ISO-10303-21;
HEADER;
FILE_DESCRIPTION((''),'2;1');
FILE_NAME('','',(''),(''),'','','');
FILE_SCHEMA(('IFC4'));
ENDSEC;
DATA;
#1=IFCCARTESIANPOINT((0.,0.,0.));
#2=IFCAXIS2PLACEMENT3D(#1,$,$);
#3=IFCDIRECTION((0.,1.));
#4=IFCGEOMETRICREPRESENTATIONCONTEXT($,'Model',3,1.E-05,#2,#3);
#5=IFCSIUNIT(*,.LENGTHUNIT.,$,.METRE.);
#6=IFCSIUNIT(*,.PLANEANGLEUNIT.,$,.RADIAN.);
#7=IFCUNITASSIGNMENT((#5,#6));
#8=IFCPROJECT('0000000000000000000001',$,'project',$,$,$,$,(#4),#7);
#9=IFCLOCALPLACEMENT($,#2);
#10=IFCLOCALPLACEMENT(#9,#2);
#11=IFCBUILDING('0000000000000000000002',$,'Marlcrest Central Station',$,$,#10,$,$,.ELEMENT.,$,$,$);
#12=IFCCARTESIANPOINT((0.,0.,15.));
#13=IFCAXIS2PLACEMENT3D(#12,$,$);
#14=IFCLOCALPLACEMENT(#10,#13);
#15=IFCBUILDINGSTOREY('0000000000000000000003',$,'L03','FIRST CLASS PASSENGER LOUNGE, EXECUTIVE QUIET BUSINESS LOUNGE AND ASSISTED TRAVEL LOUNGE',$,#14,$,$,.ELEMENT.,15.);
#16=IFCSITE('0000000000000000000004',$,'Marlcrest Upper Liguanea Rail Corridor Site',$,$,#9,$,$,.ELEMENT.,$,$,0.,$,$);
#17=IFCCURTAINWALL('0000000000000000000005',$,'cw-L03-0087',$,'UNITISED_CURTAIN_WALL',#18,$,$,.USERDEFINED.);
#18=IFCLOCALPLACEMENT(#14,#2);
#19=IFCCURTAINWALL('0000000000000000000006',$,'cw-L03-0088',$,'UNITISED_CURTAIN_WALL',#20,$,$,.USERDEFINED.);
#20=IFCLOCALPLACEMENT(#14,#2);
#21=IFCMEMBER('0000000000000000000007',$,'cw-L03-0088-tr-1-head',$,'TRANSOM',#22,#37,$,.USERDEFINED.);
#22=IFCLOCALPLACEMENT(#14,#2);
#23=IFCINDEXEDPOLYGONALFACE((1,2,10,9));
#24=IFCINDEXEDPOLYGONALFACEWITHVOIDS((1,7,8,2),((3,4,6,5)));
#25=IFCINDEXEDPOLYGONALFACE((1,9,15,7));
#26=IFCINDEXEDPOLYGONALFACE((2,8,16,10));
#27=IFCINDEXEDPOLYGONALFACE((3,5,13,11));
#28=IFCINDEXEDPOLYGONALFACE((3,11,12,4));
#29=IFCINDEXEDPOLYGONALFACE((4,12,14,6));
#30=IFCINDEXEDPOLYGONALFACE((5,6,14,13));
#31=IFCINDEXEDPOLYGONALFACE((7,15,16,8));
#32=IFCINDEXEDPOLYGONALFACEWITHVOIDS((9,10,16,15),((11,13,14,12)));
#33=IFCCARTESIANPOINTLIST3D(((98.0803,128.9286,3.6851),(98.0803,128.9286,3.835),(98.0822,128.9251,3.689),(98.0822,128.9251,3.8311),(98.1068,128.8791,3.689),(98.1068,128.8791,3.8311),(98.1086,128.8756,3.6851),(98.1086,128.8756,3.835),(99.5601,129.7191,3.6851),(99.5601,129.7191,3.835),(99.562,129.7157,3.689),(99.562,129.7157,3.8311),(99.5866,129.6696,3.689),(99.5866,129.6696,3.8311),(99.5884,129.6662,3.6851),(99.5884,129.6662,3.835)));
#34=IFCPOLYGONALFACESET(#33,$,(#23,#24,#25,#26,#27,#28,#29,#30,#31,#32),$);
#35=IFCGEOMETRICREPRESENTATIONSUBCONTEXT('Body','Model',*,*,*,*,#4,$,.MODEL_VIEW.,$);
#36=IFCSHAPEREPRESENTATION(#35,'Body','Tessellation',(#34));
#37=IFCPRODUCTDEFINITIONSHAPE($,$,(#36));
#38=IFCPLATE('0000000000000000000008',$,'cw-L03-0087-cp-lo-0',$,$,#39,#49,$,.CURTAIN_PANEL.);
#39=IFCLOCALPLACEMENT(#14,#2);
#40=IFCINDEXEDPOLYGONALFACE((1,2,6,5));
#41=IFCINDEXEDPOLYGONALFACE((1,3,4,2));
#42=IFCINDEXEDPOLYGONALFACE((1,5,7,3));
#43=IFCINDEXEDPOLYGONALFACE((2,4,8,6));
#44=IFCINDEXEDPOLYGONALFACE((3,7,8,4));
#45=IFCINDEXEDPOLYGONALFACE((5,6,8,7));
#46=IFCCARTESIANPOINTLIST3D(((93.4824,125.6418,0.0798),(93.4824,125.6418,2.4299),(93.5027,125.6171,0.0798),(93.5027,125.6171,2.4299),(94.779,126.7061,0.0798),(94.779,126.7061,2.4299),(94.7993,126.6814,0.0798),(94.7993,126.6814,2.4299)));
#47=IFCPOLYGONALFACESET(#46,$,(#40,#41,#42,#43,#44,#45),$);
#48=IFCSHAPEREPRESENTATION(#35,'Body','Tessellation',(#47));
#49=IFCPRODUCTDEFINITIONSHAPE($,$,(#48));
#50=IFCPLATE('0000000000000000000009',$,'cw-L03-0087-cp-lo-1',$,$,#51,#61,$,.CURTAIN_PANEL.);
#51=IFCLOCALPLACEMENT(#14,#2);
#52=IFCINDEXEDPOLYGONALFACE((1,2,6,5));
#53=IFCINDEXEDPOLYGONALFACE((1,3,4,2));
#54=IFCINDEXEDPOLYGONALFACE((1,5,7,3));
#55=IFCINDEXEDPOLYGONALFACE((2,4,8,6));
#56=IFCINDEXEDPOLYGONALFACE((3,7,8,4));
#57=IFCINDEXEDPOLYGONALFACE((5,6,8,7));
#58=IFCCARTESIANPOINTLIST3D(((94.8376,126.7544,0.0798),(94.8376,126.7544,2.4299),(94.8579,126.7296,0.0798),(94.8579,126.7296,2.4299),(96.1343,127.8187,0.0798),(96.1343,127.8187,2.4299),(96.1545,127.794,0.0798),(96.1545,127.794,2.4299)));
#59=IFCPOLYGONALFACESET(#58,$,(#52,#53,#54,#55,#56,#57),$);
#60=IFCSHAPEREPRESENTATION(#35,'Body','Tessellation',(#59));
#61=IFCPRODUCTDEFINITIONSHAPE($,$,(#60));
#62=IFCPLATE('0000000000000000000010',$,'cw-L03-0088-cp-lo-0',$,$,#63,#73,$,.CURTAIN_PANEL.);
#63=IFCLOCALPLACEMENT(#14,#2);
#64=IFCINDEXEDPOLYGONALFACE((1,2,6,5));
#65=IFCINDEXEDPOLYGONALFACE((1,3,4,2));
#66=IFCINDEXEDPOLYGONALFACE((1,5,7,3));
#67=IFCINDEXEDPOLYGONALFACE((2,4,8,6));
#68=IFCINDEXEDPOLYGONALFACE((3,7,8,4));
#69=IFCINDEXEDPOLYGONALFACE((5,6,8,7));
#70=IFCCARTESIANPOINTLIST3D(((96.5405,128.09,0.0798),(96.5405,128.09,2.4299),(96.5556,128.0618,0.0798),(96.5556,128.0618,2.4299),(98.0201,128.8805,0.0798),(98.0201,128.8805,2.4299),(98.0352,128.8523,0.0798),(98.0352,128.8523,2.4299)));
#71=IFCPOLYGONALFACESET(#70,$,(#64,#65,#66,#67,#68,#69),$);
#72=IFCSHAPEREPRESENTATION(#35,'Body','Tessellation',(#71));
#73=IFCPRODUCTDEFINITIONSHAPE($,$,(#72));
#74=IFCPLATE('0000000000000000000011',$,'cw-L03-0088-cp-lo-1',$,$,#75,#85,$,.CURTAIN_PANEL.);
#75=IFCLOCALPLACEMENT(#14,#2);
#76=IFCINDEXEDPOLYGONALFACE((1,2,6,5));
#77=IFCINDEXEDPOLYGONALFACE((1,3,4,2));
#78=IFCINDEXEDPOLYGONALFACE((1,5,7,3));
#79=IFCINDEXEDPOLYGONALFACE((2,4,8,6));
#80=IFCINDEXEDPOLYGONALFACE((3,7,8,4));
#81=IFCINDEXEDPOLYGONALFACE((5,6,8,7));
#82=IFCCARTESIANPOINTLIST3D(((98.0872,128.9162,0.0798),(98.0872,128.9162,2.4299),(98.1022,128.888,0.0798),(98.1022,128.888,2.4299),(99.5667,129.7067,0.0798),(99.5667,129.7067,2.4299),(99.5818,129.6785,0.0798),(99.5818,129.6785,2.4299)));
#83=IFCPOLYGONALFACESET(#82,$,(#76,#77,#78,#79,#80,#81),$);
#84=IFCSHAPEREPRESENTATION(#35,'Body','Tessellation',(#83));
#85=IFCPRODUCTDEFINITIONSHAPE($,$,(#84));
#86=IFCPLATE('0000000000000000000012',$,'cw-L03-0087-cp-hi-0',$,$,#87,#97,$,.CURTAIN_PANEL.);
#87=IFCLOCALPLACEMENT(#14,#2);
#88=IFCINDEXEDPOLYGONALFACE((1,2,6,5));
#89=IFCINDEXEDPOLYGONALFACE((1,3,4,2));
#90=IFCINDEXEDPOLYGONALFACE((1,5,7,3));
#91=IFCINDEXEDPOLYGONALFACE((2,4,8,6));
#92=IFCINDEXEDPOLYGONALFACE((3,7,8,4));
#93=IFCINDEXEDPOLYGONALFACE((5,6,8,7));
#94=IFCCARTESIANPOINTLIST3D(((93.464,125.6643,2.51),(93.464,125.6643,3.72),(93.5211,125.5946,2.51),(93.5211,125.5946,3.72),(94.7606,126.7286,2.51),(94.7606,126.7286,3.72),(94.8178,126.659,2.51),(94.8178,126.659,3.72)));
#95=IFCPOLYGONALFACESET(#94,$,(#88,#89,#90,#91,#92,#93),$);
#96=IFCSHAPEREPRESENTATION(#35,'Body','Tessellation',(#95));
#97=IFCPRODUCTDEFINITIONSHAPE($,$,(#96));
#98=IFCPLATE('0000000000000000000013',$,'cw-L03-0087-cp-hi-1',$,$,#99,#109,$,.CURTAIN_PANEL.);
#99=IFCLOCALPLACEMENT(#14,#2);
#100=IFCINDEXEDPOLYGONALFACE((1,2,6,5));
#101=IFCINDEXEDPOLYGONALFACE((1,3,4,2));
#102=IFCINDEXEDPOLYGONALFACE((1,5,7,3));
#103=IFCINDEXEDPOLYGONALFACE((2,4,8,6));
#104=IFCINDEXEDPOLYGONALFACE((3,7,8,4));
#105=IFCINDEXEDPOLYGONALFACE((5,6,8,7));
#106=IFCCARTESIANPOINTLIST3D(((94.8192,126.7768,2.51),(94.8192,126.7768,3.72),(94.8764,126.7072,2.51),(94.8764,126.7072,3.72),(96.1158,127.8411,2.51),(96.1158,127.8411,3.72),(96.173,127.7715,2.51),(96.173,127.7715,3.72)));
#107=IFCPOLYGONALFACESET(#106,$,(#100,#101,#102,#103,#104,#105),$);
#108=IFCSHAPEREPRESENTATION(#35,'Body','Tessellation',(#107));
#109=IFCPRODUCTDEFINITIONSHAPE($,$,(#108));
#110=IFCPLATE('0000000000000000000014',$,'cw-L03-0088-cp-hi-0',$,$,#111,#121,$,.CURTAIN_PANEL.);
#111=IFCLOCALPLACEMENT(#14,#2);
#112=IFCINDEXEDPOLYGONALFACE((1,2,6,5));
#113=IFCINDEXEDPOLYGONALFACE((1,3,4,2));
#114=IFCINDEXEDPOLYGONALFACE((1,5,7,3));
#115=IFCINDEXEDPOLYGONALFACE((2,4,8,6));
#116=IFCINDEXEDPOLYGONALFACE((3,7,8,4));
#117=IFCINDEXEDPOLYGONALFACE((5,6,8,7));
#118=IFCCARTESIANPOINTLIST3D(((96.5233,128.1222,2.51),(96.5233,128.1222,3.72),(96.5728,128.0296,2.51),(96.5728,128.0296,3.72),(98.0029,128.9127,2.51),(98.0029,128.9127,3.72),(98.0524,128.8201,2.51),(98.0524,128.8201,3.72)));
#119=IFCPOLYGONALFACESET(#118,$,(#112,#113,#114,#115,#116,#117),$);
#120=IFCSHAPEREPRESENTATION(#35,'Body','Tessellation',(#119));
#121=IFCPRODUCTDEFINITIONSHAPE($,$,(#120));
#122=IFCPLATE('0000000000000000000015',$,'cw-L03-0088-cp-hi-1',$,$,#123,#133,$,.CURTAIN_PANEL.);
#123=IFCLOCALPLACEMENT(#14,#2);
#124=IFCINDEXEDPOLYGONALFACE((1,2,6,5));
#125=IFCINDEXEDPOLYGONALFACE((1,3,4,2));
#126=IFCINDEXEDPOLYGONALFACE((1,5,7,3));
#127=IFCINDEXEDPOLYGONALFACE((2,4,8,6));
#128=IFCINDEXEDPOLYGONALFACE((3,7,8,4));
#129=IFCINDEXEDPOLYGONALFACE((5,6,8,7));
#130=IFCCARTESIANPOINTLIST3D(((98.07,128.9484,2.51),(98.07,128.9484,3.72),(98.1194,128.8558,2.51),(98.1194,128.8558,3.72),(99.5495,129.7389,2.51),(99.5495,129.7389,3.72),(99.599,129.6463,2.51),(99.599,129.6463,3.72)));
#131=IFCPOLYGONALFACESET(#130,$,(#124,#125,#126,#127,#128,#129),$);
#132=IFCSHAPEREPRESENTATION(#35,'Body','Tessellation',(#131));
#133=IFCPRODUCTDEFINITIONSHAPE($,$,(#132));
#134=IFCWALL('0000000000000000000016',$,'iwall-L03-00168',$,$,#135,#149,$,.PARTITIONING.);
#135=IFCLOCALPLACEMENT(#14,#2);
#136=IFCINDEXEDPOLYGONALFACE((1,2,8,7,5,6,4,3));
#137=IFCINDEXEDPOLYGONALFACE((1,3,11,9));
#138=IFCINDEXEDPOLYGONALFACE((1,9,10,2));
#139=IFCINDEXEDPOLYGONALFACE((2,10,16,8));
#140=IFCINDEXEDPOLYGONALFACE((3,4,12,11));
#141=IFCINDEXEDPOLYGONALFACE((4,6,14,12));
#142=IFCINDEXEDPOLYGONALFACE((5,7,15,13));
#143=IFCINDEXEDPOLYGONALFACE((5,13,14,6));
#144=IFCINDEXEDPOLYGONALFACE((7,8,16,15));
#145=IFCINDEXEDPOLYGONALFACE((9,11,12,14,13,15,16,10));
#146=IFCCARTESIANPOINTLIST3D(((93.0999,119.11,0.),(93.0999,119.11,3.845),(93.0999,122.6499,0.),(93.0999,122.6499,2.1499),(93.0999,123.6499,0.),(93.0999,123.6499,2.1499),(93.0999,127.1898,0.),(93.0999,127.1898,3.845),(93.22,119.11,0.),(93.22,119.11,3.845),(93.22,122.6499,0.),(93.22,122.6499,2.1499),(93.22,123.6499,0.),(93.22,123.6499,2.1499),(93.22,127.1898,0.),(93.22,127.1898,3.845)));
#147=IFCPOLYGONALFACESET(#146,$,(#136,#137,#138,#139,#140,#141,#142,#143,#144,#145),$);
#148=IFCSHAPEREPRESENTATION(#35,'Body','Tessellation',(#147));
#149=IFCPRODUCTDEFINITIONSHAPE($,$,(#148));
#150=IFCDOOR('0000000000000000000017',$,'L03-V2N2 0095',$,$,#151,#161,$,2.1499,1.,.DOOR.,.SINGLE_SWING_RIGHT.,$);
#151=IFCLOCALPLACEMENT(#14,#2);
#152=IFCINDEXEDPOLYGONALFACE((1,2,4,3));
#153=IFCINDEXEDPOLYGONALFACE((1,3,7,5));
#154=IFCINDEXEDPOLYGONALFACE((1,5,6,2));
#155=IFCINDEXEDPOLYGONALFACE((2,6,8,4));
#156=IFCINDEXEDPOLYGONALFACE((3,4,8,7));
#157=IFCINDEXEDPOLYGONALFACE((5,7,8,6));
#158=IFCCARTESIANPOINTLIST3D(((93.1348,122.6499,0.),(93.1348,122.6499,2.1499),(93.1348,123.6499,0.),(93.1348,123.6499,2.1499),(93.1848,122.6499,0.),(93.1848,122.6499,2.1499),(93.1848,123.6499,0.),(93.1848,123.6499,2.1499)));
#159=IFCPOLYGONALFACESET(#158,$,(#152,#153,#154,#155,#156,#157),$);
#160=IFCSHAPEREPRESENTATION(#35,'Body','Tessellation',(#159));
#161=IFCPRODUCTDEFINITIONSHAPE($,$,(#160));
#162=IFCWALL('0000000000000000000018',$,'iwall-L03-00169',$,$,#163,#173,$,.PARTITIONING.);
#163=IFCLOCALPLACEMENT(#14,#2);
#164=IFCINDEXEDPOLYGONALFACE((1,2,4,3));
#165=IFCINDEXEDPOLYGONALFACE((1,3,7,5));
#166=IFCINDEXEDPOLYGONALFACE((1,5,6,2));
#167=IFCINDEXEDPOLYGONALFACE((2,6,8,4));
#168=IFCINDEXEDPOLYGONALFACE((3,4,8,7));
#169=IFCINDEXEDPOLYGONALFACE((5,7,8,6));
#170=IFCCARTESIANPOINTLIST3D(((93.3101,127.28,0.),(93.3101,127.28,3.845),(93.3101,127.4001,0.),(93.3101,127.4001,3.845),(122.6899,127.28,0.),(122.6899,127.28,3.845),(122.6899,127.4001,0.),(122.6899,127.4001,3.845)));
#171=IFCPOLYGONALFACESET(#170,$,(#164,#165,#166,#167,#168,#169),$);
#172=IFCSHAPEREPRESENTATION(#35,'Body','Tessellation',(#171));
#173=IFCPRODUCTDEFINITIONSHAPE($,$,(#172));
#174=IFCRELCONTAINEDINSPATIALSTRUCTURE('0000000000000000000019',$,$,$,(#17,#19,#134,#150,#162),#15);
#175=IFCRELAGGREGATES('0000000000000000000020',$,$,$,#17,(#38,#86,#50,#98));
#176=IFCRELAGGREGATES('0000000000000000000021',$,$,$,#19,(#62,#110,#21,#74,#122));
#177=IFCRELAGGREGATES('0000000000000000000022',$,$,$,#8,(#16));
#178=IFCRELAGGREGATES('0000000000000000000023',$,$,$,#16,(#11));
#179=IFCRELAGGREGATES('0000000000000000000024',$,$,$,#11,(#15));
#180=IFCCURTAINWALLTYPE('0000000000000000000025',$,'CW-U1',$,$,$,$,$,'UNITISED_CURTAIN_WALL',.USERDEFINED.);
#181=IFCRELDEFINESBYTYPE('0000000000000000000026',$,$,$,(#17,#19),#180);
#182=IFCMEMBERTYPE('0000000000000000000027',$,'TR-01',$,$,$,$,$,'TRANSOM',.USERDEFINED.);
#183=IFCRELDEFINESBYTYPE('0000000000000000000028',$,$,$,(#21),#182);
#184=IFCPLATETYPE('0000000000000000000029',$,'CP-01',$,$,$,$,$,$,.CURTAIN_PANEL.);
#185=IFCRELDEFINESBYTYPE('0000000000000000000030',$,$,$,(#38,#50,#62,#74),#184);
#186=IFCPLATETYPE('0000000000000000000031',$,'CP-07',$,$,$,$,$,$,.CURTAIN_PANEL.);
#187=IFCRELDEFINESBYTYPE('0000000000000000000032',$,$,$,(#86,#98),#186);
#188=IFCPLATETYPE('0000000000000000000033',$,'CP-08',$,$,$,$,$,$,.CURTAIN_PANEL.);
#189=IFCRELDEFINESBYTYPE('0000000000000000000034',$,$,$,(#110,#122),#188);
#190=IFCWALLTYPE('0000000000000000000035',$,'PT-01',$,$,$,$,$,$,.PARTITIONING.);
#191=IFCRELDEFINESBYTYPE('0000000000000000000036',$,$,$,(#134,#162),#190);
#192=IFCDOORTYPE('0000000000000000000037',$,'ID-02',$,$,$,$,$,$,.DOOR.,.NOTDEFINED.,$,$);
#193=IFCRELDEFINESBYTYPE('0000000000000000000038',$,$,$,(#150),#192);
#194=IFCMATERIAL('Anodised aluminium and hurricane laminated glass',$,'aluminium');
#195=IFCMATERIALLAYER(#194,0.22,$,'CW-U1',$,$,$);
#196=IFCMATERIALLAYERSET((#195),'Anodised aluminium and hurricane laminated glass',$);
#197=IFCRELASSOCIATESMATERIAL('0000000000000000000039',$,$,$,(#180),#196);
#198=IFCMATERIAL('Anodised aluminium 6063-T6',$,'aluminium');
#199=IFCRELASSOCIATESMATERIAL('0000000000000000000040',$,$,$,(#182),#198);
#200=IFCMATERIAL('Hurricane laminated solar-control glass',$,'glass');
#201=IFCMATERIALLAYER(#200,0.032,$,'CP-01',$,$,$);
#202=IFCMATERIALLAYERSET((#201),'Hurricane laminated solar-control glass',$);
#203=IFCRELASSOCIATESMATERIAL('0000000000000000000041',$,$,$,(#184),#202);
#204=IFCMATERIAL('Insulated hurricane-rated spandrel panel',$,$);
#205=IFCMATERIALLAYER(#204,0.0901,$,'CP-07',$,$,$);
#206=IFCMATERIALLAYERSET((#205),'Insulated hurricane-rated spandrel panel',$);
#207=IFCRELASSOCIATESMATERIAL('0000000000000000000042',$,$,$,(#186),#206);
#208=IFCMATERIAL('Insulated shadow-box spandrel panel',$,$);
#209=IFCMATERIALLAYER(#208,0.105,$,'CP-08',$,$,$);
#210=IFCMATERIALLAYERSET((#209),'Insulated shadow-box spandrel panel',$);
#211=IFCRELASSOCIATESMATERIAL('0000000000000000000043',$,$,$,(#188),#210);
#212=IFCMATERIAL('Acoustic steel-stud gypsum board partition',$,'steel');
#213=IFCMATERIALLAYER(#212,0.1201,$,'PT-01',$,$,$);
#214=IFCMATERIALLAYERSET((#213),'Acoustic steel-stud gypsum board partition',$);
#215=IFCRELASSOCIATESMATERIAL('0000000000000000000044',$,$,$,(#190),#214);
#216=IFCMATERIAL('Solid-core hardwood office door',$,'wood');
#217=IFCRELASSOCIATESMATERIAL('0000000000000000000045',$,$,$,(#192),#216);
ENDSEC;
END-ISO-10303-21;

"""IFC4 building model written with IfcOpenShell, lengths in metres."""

from ifc_helpers import new_model, si_unit, direction, frame, frame_2d, origin, origin_2d, place, context, subcontext, project, spatial, rectangle, hollow_rectangle, extrude, material, layer, layer_set, material_profile, profile_set, type_object, element, fill, aggregate, save


model = new_model("IFC4")

# Units and contexts
model_context = context("Model", 3, precision=1e-05, world=origin(), true_north=direction((0.0, 1.0)))
body_context = subcontext(model_context, "Body", "Model", "MODEL_VIEW")
ifc_project = project(units=[si_unit("LENGTHUNIT", "METRE"), si_unit("PLANEANGLEUNIT", "RADIAN")], contexts=[model_context])

# Site, building, storey
site_placement = place(None, origin())
site = spatial("IfcSite", under=ifc_project, at=site_placement, Name="Marlcrest Upper Liguanea Rail Corridor Site", CompositionType="ELEMENT", RefElevation=0.0)
building_placement = place(site_placement, origin())
building = spatial("IfcBuilding", under=site, at=building_placement, Name="Marlcrest Central Station", CompositionType="ELEMENT")
storey_placement = place(building_placement, frame((0.0, 0.0, 15.0)))
storey = spatial("IfcBuildingStorey", under=building, at=storey_placement, Name="L03", Description="FIRST CLASS PASSENGER LOUNGE, EXECUTIVE QUIET BUSINESS LOUNGE AND ASSISTED TRAVEL LOUNGE", CompositionType="ELEMENT", Elevation=15.0)

# Curtain walls
ifc_material_1 = material(Name="Anodised aluminium and hurricane laminated glass", Category="aluminium")
ifc_layer_1 = layer(ifc_material_1, 0.22, Name="CW-U1")
ifc_layer_set_1 = layer_set([ifc_layer_1], Name="Anodised aluminium and hurricane laminated glass")
curtain_wall_type = type_object("IfcCurtainWallType", Name="CW-U1", ElementType="UNITISED_CURTAIN_WALL", PredefinedType="USERDEFINED", material=ifc_layer_set_1)
curtain_wall_1_placement = place(storey_placement, origin())
curtain_wall_1 = element("IfcCurtainWall", 1, at=curtain_wall_1_placement, inside=storey, type_object=curtain_wall_type, Name="cw-L03-0087", ObjectType="UNITISED_CURTAIN_WALL", PredefinedType="USERDEFINED")
ifc_material_2 = material(Name="Anodised aluminium 6063-T6", Category="aluminium")
curtain_wall_2_placement = place(storey_placement, origin())
curtain_wall_2 = element("IfcCurtainWall", 2, at=curtain_wall_2_placement, inside=storey, type_object=curtain_wall_type, Name="cw-L03-0088", ObjectType="UNITISED_CURTAIN_WALL", PredefinedType="USERDEFINED")

# Member
ifc_material_profile_1 = material_profile(ifc_material_2, hollow_rectangle(XDim=0.0601, YDim=0.1499, WallThickness=0.0039, at=origin_2d()), Name="AA-RHS 150x60x4")
ifc_profile_set_1 = profile_set([ifc_material_profile_1], Name="Anodised aluminium 6063-T6")
member_type_1 = type_object("IfcMemberType", Name="TR-01", ElementType="TRANSOM", PredefinedType="USERDEFINED", material=ifc_profile_set_1)
member_1_placement = place(storey_placement, frame((98.0945, 128.9021, 3.76), z_axis=(0.882022, 0.471207, 0.0), x_axis=(-0.471207, 0.882022, 0.0)))
member_1 = element("IfcMember", 3, at=member_1_placement, type_object=member_type_1, Name="cw-L03-0088-tr-1-head", ObjectType="TRANSOM", PredefinedType="USERDEFINED", context=body_context, shape_type="SweptSolid", body=[
    extrude(hollow_rectangle(XDim=0.0601, YDim=0.1499, WallThickness=0.0039, at=origin_2d()), origin(), (0.0, 0.0, 1.0), 1.6777),
])

# Plates
ifc_material_3 = material(Name="Hurricane laminated solar-control glass", Category="glass")
ifc_layer_2 = layer(ifc_material_3, 0.032, Name="CP-01")
ifc_layer_set_2 = layer_set([ifc_layer_2], Name="Hurricane laminated solar-control glass")
plate_type_1 = type_object("IfcPlateType", Name="CP-01", PredefinedType="CURTAIN_PANEL", material=ifc_layer_set_2)
plate_1_placement = place(storey_placement, frame((94.1409, 126.1616, 0.0798), z_axis=(0.0, 0.0, 1.0), x_axis=(0.772944, 0.634474, 0.0)))
plate_1 = element("IfcPlate", 4, at=plate_1_placement, type_object=plate_type_1, Name="cw-L03-0087-cp-lo-0", PredefinedType="CURTAIN_PANEL", context=body_context, shape_type="SweptSolid", body=[
    extrude(rectangle(XDim=1.6775, YDim=0.032, at=origin_2d()), origin(), (0.0, 0.0, 1.0), 2.3501),
])
plate_2_placement = place(storey_placement, frame((95.4961, 127.2742, 0.0798), z_axis=(0.0, 0.0, 1.0), x_axis=(0.772944, 0.634474, 0.0)))
plate_2 = element("IfcPlate", 5, at=plate_2_placement, type_object=plate_type_1, Name="cw-L03-0087-cp-lo-1", PredefinedType="CURTAIN_PANEL", context=body_context, shape_type="SweptSolid", body=[
    extrude(rectangle(XDim=1.6775, YDim=0.032, at=origin_2d()), origin(), (0.0, 0.0, 1.0), 2.3501),
])
plate_3_placement = place(storey_placement, frame((97.2878, 128.4712, 0.0798), z_axis=(0.0, 0.0, 1.0), x_axis=(0.882004, 0.471243, 0.0)))
plate_3 = element("IfcPlate", 6, at=plate_3_placement, type_object=plate_type_1, Name="cw-L03-0088-cp-lo-0", PredefinedType="CURTAIN_PANEL", context=body_context, shape_type="SweptSolid", body=[
    extrude(rectangle(XDim=1.6775, YDim=0.032, at=origin_2d()), origin(), (0.0, 0.0, 1.0), 2.3501),
])
plate_4_placement = place(storey_placement, frame((98.8345, 129.2974, 0.0798), z_axis=(0.0, 0.0, 1.0), x_axis=(0.882004, 0.471243, 0.0)))
plate_4 = element("IfcPlate", 7, at=plate_4_placement, type_object=plate_type_1, Name="cw-L03-0088-cp-lo-1", PredefinedType="CURTAIN_PANEL", context=body_context, shape_type="SweptSolid", body=[
    extrude(rectangle(XDim=1.6775, YDim=0.032, at=origin_2d()), origin(), (0.0, 0.0, 1.0), 2.3501),
])
ifc_material_4 = material(Name="Insulated hurricane-rated spandrel panel")
ifc_layer_3 = layer(ifc_material_4, 0.0901, Name="CP-07")
ifc_layer_set_3 = layer_set([ifc_layer_3], Name="Insulated hurricane-rated spandrel panel")
plate_type_2 = type_object("IfcPlateType", Name="CP-07", PredefinedType="CURTAIN_PANEL", material=ifc_layer_set_3)
plate_5_placement = place(storey_placement, frame((94.1409, 126.1616, 2.51), z_axis=(0.0, 0.0, 1.0), x_axis=(0.772944, 0.634474, 0.0)))
plate_5 = element("IfcPlate", 8, at=plate_5_placement, type_object=plate_type_2, Name="cw-L03-0087-cp-hi-0", PredefinedType="CURTAIN_PANEL", context=body_context, shape_type="SweptSolid", body=[
    extrude(rectangle(XDim=1.6775, YDim=0.0901, at=origin_2d()), origin(), (0.0, 0.0, 1.0), 1.21),
])
plate_6_placement = place(storey_placement, frame((95.4961, 127.2742, 2.51), z_axis=(0.0, 0.0, 1.0), x_axis=(0.772944, 0.634474, 0.0)))
plate_6 = element("IfcPlate", 9, at=plate_6_placement, type_object=plate_type_2, Name="cw-L03-0087-cp-hi-1", PredefinedType="CURTAIN_PANEL", context=body_context, shape_type="SweptSolid", body=[
    extrude(rectangle(XDim=1.6775, YDim=0.0901, at=origin_2d()), origin(), (0.0, 0.0, 1.0), 1.21),
])
aggregate(curtain_wall_1, [plate_1, plate_5, plate_2, plate_6])
ifc_material_5 = material(Name="Insulated shadow-box spandrel panel")
ifc_layer_4 = layer(ifc_material_5, 0.105, Name="CP-08")
ifc_layer_set_4 = layer_set([ifc_layer_4], Name="Insulated shadow-box spandrel panel")
plate_type_3 = type_object("IfcPlateType", Name="CP-08", PredefinedType="CURTAIN_PANEL", material=ifc_layer_set_4)
plate_7_placement = place(storey_placement, frame((97.2878, 128.4712, 2.51), z_axis=(0.0, 0.0, 1.0), x_axis=(0.882004, 0.471243, 0.0)))
plate_7 = element("IfcPlate", 10, at=plate_7_placement, type_object=plate_type_3, Name="cw-L03-0088-cp-hi-0", PredefinedType="CURTAIN_PANEL", context=body_context, shape_type="SweptSolid", body=[
    extrude(rectangle(XDim=1.6775, YDim=0.105, at=origin_2d()), origin(), (0.0, 0.0, 1.0), 1.21),
])
plate_8_placement = place(storey_placement, frame((98.8345, 129.2974, 2.51), z_axis=(0.0, 0.0, 1.0), x_axis=(0.882004, 0.471243, 0.0)))
plate_8 = element("IfcPlate", 11, at=plate_8_placement, type_object=plate_type_3, Name="cw-L03-0088-cp-hi-1", PredefinedType="CURTAIN_PANEL", context=body_context, shape_type="SweptSolid", body=[
    extrude(rectangle(XDim=1.6775, YDim=0.105, at=origin_2d()), origin(), (0.0, 0.0, 1.0), 1.21),
])
aggregate(curtain_wall_2, [plate_3, plate_7, member_1, plate_4, plate_8])

# Wall, opening, door
ifc_material_6 = material(Name="Acoustic steel-stud gypsum board partition", Category="steel")
ifc_layer_5 = layer(ifc_material_6, 0.1201, Name="PT-01")
ifc_layer_set_5 = layer_set([ifc_layer_5], Name="Acoustic steel-stud gypsum board partition")
wall_type = type_object("IfcWallType", Name="PT-01", PredefinedType="PARTITIONING", material=ifc_layer_set_5)
wall_1_placement = place(storey_placement, frame((93.1599, 127.1899, 0.0), z_axis=(0.0, 0.0, 1.0), x_axis=(0.0, -1.0, 0.0)))
wall_1 = element("IfcWall", 12, at=wall_1_placement, inside=storey, type_object=wall_type, Name="iwall-L03-00168", PredefinedType="PARTITIONING", context=body_context, shape_type="SweptSolid", body=[
    extrude(rectangle(XDim=8.0798, YDim=0.1201, at=frame_2d((4.04, 0.0))), origin(), (0.0, 0.0, 1.0), 3.845),
])
opening_placement = place(wall_1_placement, frame((3.54, 0.0, 0.0)))
opening = element("IfcOpeningElement", 13, at=opening_placement, cuts=wall_1, PredefinedType="OPENING", context=body_context, shape_type="SweptSolid", body=[
    extrude(rectangle(XDim=1.0, YDim=2.1499, at=frame_2d((0.5, 1.075))), frame((0.0, 0.0701, 0.0), z_axis=(0.0, -1.0, 0.0), x_axis=(1.0, 0.0, 0.0)), (0.0, 0.0, 1.0), 0.1401),
])
ifc_material_7 = material(Name="Solid-core hardwood office door", Category="wood")
door_type = type_object("IfcDoorType", Name="ID-02", OperationType="NOTDEFINED", PredefinedType="DOOR", material=ifc_material_7)
door_placement = place(opening_placement, origin())
door = element("IfcDoor", 14, at=door_placement, inside=storey, type_object=door_type, Name="L03-V2N2 0095", OperationType="SINGLE_SWING_RIGHT", OverallHeight=2.1499, OverallWidth=1.0, PredefinedType="DOOR", context=body_context, shape_type="SweptSolid", body=[
    extrude(rectangle(XDim=1.0, YDim=2.1499, at=frame_2d((0.5, 1.075))), frame((0.0, 0.0249, 0.0), z_axis=(0.0, -1.0, 0.0), x_axis=(1.0, 0.0, 0.0)), (0.0, 0.0, 1.0), 0.05),
])
fill(opening, door)

# Wall
wall_2_placement = place(storey_placement, frame((93.3101, 127.3401, 0.0), z_axis=(0.0, 0.0, 1.0), x_axis=(1.0, 0.0, 0.0)))
element("IfcWall", 15, at=wall_2_placement, inside=storey, type_object=wall_type, Name="iwall-L03-00169", PredefinedType="PARTITIONING", context=body_context, shape_type="SweptSolid", body=[
    extrude(rectangle(XDim=29.3799, YDim=0.1201, at=frame_2d((14.6899, 0.0))), origin(), (0.0, 0.0, 1.0), 3.845),
])

save(model, "model.ifc")
